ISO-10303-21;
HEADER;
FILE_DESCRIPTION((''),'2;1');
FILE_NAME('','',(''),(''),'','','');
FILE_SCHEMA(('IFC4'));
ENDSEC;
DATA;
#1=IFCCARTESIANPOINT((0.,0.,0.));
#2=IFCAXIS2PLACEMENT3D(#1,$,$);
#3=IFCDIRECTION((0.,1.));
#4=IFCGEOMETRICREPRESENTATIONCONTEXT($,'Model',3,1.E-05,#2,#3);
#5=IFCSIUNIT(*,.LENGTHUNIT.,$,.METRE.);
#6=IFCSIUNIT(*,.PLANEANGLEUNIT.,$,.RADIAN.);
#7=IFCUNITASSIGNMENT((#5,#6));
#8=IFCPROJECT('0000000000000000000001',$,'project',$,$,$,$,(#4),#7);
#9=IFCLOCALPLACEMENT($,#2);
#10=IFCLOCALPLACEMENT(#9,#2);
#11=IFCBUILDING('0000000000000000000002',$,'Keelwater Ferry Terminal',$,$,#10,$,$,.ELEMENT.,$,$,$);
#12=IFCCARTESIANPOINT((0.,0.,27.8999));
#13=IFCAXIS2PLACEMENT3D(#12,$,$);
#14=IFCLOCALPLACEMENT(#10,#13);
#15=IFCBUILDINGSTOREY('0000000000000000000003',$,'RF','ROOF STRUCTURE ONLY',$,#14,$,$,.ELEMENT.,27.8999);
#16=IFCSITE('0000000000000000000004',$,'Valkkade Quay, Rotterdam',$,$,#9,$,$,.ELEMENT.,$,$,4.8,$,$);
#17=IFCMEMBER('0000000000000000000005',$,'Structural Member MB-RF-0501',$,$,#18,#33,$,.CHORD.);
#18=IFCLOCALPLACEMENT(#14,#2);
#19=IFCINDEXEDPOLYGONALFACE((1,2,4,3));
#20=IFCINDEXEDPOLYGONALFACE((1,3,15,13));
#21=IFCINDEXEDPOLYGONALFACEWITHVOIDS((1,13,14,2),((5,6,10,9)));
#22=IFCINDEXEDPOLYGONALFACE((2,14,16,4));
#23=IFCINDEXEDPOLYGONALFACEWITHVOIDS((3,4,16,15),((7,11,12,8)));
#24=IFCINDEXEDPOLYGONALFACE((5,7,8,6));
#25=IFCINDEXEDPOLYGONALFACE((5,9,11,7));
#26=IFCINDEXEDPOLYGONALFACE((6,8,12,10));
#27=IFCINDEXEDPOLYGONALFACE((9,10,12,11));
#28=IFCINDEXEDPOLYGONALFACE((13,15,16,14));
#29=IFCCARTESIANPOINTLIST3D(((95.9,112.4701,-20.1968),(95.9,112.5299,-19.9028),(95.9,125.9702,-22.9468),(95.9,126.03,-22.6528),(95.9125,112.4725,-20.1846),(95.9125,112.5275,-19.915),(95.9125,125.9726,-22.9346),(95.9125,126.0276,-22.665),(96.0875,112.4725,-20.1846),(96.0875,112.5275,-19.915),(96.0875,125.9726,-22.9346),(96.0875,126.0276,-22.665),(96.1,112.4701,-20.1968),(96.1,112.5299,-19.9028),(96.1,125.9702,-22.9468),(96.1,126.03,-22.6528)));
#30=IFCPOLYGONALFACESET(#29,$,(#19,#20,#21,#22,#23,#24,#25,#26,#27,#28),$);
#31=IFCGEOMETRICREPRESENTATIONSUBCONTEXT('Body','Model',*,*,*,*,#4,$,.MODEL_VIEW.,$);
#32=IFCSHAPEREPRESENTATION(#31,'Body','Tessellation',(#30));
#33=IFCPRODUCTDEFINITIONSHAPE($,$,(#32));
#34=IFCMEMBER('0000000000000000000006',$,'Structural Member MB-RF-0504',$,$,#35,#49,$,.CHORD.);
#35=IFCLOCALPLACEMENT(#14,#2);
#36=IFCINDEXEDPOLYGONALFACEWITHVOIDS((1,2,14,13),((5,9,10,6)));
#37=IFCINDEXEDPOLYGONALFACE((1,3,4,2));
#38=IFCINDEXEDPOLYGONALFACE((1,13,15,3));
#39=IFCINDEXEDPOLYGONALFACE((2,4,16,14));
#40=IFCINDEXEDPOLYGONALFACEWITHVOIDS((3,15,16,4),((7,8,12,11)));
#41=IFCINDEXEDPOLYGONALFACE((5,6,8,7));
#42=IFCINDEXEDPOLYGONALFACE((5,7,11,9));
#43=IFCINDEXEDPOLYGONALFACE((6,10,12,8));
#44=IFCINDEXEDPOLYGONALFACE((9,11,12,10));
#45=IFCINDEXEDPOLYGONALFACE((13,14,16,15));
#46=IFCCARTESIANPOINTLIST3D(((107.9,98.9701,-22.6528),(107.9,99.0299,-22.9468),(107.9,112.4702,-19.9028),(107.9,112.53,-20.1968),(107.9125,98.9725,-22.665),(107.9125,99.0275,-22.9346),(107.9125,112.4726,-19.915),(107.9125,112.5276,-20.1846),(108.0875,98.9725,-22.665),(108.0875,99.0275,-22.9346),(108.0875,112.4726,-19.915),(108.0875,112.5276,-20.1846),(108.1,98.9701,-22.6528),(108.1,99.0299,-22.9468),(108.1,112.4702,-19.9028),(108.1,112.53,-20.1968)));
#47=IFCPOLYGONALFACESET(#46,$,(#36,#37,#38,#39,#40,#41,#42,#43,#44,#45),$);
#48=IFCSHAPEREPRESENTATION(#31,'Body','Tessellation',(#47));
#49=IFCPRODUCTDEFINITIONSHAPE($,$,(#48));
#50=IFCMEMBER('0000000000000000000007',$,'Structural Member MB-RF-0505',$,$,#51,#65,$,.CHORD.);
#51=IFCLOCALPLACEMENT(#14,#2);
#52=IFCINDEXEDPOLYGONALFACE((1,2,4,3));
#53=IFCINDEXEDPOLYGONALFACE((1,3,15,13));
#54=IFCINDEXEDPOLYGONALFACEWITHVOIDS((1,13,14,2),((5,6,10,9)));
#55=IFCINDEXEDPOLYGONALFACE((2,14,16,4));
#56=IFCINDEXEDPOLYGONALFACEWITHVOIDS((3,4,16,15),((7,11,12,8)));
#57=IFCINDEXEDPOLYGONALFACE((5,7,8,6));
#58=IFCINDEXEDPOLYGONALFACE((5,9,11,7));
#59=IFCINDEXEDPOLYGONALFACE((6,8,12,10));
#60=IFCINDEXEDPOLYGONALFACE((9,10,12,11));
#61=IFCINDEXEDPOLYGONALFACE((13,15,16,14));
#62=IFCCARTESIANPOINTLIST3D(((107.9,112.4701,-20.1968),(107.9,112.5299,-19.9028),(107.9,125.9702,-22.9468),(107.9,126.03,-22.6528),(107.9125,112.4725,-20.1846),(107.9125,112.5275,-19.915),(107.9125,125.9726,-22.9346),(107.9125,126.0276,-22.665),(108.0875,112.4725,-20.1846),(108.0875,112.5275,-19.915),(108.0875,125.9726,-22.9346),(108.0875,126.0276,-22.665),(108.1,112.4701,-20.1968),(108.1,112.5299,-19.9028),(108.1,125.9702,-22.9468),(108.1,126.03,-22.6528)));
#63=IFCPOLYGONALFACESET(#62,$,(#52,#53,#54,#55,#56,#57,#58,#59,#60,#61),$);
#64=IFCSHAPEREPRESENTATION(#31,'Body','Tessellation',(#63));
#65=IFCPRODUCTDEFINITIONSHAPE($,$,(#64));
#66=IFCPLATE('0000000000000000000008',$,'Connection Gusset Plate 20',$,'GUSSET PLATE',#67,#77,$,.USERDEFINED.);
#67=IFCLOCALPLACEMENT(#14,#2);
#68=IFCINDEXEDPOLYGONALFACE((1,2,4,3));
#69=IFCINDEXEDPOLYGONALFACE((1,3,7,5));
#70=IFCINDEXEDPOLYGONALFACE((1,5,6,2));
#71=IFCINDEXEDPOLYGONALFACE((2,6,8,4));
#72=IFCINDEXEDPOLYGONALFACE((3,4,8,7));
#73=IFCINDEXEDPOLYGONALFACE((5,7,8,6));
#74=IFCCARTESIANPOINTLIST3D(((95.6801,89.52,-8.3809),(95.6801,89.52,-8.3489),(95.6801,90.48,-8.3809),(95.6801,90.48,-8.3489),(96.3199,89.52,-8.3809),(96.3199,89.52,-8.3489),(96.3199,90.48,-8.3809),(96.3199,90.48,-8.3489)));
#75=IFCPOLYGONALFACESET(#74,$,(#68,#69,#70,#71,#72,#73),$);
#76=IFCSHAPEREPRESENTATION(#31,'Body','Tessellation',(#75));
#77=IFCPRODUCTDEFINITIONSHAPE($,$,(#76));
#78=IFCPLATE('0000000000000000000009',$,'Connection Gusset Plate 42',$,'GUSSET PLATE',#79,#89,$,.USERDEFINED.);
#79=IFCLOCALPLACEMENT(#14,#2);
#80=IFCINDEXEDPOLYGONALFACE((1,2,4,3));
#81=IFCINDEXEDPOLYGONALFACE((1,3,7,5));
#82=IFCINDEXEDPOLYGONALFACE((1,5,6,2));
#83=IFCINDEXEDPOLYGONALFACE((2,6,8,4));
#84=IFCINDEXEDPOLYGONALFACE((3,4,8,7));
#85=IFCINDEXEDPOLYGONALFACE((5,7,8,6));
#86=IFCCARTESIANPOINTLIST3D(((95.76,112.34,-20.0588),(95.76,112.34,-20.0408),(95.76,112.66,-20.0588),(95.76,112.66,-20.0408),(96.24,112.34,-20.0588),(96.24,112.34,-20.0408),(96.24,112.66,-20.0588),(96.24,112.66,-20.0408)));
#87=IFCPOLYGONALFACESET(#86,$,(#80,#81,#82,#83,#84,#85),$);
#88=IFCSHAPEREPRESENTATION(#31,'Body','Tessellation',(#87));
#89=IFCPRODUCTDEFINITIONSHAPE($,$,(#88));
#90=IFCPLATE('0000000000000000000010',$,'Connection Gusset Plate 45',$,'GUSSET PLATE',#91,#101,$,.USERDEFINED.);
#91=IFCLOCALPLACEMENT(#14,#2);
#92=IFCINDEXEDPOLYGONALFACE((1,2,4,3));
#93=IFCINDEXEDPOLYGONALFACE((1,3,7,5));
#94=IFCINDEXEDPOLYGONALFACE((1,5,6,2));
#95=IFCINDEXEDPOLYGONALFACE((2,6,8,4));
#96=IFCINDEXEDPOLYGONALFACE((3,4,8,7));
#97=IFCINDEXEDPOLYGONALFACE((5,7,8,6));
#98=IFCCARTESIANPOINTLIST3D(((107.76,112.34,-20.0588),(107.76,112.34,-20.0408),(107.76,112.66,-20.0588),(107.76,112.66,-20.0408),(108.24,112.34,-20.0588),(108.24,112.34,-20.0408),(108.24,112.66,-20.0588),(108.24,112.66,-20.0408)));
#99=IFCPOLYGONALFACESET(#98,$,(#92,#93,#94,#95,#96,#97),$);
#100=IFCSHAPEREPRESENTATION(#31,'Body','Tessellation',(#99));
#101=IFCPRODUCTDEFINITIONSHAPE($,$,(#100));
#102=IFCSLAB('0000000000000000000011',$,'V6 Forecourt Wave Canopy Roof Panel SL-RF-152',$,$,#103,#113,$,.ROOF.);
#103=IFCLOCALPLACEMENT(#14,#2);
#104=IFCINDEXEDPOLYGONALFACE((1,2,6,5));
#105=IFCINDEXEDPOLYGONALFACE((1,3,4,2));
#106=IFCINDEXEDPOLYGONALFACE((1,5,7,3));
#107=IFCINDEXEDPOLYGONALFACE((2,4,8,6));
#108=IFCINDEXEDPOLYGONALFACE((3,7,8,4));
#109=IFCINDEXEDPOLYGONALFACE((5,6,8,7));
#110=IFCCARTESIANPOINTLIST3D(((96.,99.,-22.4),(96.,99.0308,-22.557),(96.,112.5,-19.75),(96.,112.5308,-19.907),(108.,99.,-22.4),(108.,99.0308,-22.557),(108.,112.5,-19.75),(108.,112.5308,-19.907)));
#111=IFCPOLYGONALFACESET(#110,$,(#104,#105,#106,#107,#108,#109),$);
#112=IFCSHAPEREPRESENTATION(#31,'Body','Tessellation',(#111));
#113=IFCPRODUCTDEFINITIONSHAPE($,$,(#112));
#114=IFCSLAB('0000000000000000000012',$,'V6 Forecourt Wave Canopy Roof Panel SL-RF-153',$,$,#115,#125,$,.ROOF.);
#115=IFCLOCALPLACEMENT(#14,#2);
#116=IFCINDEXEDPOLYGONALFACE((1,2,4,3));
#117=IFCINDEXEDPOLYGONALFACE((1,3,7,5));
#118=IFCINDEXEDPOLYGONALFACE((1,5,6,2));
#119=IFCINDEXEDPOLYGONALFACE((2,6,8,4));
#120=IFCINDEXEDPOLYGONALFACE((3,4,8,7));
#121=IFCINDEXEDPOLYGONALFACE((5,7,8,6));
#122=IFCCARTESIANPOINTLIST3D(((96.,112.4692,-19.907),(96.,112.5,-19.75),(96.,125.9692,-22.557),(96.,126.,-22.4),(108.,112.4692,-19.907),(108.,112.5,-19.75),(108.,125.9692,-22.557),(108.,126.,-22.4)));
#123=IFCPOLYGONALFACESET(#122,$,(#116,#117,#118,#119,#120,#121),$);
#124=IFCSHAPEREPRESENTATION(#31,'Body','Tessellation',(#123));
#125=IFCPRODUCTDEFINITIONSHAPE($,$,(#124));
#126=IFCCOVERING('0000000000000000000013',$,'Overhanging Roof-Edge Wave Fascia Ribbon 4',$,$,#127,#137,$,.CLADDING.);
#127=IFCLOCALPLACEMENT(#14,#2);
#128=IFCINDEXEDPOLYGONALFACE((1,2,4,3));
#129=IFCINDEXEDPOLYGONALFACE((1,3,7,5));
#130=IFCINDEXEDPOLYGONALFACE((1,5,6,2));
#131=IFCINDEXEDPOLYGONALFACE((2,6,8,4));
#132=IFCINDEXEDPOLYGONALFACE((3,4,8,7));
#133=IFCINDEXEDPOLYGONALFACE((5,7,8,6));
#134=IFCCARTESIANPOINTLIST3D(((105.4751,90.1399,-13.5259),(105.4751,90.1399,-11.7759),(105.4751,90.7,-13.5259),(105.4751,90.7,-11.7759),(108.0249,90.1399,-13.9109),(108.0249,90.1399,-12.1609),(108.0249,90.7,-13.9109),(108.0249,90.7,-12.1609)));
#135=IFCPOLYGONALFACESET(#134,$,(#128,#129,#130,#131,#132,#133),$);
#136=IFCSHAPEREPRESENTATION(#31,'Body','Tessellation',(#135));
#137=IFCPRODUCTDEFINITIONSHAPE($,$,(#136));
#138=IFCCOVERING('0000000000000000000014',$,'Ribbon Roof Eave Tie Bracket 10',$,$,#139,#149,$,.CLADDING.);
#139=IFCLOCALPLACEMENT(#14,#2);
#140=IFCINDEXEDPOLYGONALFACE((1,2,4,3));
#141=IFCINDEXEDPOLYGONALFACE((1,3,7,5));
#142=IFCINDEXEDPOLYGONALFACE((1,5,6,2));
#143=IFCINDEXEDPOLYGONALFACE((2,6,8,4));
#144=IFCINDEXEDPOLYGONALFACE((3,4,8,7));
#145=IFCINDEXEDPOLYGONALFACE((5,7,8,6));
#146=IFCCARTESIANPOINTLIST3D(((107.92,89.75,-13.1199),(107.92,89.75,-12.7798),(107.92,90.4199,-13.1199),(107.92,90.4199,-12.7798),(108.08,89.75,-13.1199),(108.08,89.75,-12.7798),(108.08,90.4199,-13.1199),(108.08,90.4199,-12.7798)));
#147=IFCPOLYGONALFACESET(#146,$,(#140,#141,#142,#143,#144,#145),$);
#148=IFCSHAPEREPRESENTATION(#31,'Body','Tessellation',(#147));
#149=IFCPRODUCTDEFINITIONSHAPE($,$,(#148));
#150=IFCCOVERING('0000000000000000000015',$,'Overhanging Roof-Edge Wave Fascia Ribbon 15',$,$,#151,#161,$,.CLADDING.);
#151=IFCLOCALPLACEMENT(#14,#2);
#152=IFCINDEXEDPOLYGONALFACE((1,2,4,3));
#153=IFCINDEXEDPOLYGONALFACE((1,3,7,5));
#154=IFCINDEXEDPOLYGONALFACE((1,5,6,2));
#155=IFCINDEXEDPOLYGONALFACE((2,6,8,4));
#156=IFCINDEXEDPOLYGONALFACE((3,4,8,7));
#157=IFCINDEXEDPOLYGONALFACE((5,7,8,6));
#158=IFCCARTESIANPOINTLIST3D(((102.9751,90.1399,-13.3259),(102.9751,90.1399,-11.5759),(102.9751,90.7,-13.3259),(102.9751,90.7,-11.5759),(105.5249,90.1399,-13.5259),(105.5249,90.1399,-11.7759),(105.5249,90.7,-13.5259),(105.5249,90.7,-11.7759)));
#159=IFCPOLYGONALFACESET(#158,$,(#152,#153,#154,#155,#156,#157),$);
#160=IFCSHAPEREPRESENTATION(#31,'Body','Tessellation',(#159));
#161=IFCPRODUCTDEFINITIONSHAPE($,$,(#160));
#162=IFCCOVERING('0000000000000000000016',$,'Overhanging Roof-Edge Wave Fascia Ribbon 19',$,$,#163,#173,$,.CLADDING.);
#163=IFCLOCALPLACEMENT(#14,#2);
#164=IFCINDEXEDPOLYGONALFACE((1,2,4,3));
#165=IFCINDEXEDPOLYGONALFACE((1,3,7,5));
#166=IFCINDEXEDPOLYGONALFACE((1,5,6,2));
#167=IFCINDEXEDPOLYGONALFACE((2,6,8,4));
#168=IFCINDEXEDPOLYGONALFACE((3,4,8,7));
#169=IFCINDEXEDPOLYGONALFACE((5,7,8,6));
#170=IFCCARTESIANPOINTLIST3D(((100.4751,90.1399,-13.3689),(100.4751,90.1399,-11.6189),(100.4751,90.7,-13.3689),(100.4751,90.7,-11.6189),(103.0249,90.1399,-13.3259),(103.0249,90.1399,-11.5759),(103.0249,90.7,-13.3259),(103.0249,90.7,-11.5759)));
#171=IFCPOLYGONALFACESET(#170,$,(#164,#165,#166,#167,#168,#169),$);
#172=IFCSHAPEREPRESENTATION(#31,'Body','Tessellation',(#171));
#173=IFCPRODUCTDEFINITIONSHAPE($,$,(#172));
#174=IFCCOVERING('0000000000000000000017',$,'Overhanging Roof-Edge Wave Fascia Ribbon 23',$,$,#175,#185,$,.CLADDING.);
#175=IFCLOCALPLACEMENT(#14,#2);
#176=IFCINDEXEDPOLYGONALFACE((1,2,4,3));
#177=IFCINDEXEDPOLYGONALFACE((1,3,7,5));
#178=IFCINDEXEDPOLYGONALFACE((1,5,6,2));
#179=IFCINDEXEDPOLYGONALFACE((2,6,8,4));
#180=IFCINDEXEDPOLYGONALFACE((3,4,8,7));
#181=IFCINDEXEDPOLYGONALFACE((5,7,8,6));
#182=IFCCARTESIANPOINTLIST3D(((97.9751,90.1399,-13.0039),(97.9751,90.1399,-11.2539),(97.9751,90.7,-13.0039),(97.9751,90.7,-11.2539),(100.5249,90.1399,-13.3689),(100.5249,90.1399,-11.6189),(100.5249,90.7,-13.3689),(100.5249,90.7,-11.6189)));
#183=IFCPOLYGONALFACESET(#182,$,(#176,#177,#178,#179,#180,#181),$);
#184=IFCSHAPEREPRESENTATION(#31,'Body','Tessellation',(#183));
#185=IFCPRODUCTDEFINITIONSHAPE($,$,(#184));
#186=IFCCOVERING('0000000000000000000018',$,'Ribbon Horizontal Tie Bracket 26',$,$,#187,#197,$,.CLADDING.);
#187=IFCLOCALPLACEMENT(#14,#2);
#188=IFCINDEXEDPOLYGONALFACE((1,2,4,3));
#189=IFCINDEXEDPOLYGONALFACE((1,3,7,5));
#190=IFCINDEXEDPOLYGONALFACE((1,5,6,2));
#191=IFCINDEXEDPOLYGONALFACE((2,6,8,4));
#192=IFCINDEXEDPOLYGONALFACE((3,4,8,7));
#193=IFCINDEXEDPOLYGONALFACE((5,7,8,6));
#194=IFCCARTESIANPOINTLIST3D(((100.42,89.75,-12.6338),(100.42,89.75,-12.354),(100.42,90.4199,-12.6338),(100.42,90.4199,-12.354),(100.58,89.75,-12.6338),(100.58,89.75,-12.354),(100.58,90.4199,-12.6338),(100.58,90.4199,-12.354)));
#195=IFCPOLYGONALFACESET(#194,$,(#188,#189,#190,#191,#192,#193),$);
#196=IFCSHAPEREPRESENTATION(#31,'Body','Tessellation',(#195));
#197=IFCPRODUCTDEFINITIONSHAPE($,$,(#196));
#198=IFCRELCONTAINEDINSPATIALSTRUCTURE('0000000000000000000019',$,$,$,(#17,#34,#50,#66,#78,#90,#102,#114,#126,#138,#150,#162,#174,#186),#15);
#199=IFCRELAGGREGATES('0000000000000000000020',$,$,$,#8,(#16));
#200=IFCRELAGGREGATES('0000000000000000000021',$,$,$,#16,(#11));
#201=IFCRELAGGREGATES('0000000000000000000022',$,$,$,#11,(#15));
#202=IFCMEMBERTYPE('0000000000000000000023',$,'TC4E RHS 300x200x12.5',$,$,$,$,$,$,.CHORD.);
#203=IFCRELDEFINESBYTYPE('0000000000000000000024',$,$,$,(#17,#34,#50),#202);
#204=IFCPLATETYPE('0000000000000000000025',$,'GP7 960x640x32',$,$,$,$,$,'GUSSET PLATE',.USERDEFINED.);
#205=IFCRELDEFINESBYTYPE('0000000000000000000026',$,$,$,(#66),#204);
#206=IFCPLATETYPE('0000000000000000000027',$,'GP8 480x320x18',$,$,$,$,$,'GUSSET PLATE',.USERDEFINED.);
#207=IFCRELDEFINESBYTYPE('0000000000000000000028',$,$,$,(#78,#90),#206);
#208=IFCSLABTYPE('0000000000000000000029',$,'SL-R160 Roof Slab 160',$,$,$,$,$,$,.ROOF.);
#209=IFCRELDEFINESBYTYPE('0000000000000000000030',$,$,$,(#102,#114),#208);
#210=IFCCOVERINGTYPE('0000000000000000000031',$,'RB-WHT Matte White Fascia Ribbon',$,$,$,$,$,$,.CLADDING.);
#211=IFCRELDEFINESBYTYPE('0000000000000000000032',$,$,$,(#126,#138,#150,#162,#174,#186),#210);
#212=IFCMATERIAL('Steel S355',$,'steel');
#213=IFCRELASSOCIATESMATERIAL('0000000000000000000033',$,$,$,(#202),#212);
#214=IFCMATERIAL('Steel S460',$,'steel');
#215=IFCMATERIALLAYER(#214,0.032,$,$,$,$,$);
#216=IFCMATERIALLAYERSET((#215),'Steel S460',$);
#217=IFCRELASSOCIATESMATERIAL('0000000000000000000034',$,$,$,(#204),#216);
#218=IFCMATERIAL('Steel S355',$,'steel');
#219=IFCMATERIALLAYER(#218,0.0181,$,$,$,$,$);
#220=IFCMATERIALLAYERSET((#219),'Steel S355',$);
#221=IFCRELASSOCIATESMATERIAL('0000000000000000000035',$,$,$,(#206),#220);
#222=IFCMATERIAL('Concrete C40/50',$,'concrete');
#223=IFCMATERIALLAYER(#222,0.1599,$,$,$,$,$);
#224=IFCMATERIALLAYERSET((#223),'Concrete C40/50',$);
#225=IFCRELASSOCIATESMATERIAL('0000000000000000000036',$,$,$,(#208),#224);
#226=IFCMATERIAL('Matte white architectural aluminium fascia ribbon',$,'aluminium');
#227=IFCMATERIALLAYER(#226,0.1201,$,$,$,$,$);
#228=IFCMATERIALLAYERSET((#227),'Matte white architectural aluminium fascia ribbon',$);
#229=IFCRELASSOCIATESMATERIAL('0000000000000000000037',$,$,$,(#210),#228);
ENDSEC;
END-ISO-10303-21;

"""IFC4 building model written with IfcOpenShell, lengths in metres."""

from ifc_helpers import new_model, si_unit, direction, frame, frame_2d, origin, origin_with_axes, origin_2d, place, context, subcontext, project, spatial, polyline, rectangle, hollow_rectangle, outline, extrude, material, layer, layer_set, material_profile, profile_set, type_object, element, save


model = new_model("IFC4")

# Units and contexts
model_context = context("Model", 3, precision=1e-05, world=origin(), true_north=direction((0.0, 1.0)))
body_context = subcontext(model_context, "Body", "Model", "MODEL_VIEW")
ifc_project = project(units=[si_unit("LENGTHUNIT", "METRE"), si_unit("PLANEANGLEUNIT", "RADIAN")], contexts=[model_context])

# Site, building, storey
site_placement = place(None, origin())
site = spatial("IfcSite", under=ifc_project, at=site_placement, Name="Valkkade Quay, Rotterdam", CompositionType="ELEMENT", RefElevation=4.8)
building_placement = place(site_placement, origin())
building = spatial("IfcBuilding", under=site, at=building_placement, Name="Keelwater Ferry Terminal", CompositionType="ELEMENT")
storey_placement = place(building_placement, frame((0.0, 0.0, 27.8999)))
storey = spatial("IfcBuildingStorey", under=building, at=storey_placement, Name="RF", Description="ROOF STRUCTURE ONLY", CompositionType="ELEMENT", Elevation=27.8999)

# Members
ifc_material_1 = material(Name="Steel S355", Category="steel")
ifc_material_profile_1 = material_profile(ifc_material_1, hollow_rectangle(XDim=0.2, YDim=0.3, WallThickness=0.0125, at=origin_2d()), Name="RHS 300x200x12.5")
ifc_profile_set_1 = profile_set([ifc_material_profile_1], Name="Steel S355")
member_type_1 = type_object("IfcMemberType", Name="TC4E RHS 300x200x12.5", PredefinedType="CHORD", material=ifc_profile_set_1)
for number, where, z_axis, x_axis, name in (
    (1, (96.0, 112.5, -20.0498), (0.0, 0.979877, -0.199604), (-1.0, 0.0, 0.0), "Structural Member MB-RF-0501"),
    (2, (108.0, 99.0, -22.7998), (0.0, 0.979877, 0.199604), (-1.0, 0.0, 0.0), "Structural Member MB-RF-0504"),
    (3, (108.0, 112.5, -20.0498), (0.0, 0.979877, -0.199604), (-1.0, 0.0, 0.0), "Structural Member MB-RF-0505"),
):
    element("IfcMember", number, at=place(storey_placement, frame(where, z_axis=z_axis, x_axis=x_axis)), inside=storey, type_object=member_type_1, Name=name, PredefinedType="CHORD", context=body_context, shape_type="SweptSolid", body=[
        extrude(hollow_rectangle(XDim=0.2, YDim=0.3, WallThickness=0.0125, at=origin_2d()), origin(), (0.0, 0.0, 1.0), 13.7773),
    ])

# Plates
ifc_material_2 = material(Name="Steel S460", Category="steel")
ifc_layer_1 = layer(ifc_material_2, 0.032)
ifc_layer_set_1 = layer_set([ifc_layer_1], Name="Steel S460")
plate_type_1 = type_object("IfcPlateType", Name="GP7 960x640x32", ElementType="GUSSET PLATE", PredefinedType="USERDEFINED", material=ifc_layer_set_1)
plate_placement = place(storey_placement, frame((96.0, 90.0, -8.3809), z_axis=(0.0, 0.0, 1.0), x_axis=(0.0, 1.0, 0.0)))
element("IfcPlate", 4, at=plate_placement, inside=storey, type_object=plate_type_1, Name="Connection Gusset Plate 20", ObjectType="GUSSET PLATE", PredefinedType="USERDEFINED", context=body_context, shape_type="SweptSolid", body=[
    extrude(rectangle(XDim=0.96, YDim=0.6399, at=origin_2d()), origin(), (0.0, 0.0, 1.0), 0.032),
])
ifc_material_3 = material(Name="Steel S355", Category="steel")
ifc_layer_2 = layer(ifc_material_3, 0.0181)
ifc_layer_set_2 = layer_set([ifc_layer_2], Name="Steel S355")
plate_type_2 = type_object("IfcPlateType", Name="GP8 480x320x18", ElementType="GUSSET PLATE", PredefinedType="USERDEFINED", material=ifc_layer_set_2)
for number, where, z_axis, x_axis, name in (
    (5, (96.0, 112.5, -20.0588), (0.0, 0.0, 1.0), (1.0, 0.0, 0.0), "Connection Gusset Plate 42"),
    (6, (108.0, 112.5, -20.0588), (0.0, 0.0, 1.0), (1.0, 0.0, 0.0), "Connection Gusset Plate 45"),
):
    element("IfcPlate", number, at=place(storey_placement, frame(where, z_axis=z_axis, x_axis=x_axis)), inside=storey, type_object=plate_type_2, Name=name, ObjectType="GUSSET PLATE", PredefinedType="USERDEFINED", context=body_context, shape_type="SweptSolid", body=[
        extrude(rectangle(XDim=0.48, YDim=0.3201, at=origin_2d()), origin(), (0.0, 0.0, 1.0), 0.0181),
    ])

# Slabs
ifc_material_4 = material(Name="Concrete C40/50", Category="concrete")
ifc_layer_3 = layer(ifc_material_4, 0.1599)
ifc_layer_set_3 = layer_set([ifc_layer_3], Name="Concrete C40/50")
slab_type = type_object("IfcSlabType", Name="SL-R160 Roof Slab 160", PredefinedType="ROOF", material=ifc_layer_set_3)
for number, where, z_axis, x_axis, name in (
    (7, (96.0, 99.0308, -22.557), (0.0, -0.19262, 0.981273), (1.0, 0.0, 0.0), "V6 Forecourt Wave Canopy Roof Panel SL-RF-152"),
    (8, (96.0, 112.4692, -19.907), (0.0, 0.19262, 0.981273), (1.0, 0.0, 0.0), "V6 Forecourt Wave Canopy Roof Panel SL-RF-153"),
):
    element("IfcSlab", number, at=place(storey_placement, frame(where, z_axis=z_axis, x_axis=x_axis)), inside=storey, type_object=slab_type, Name=name, PredefinedType="ROOF", context=body_context, shape_type="SweptSolid", body=[
        extrude(outline(polyline([(0.0, 0.0), (12.0, 0.0), (12.0, 13.7576), (0.0, 13.7576), (0.0, 0.0)])), origin_with_axes(), (0.0, 0.0, 1.0), 0.16),
    ])

# Coverings
ifc_material_5 = material(Name="Matte white architectural aluminium fascia ribbon", Category="aluminium")
ifc_layer_4 = layer(ifc_material_5, 0.1201)
ifc_layer_set_4 = layer_set([ifc_layer_4], Name="Matte white architectural aluminium fascia ribbon")
covering_type = type_object("IfcCoveringType", Name="RB-WHT Matte White Fascia Ribbon", PredefinedType="CLADDING", material=ifc_layer_set_4)
covering_1_placement = place(storey_placement, frame((108.0249, 90.4199, -13.9109), z_axis=(0.0, 0.0, 1.0), x_axis=(-1.0, 0.0, 0.0)))
element("IfcCovering", 9, at=covering_1_placement, inside=storey, type_object=covering_type, Name="Overhanging Roof-Edge Wave Fascia Ribbon 4", PredefinedType="CLADDING", context=body_context, shape_type="SweptSolid", body=[
    extrude(outline(polyline([(0.0, 0.0), (2.5498, 0.385), (2.5498, 2.135), (0.0, 1.75), (0.0, 0.0)])), frame((0.0, 0.28, 0.0), z_axis=(0.0, -1.0, 0.0), x_axis=(1.0, 0.0, 0.0)), (0.0, 0.0, 1.0), 0.5601),
])
covering_2_placement = place(storey_placement, frame((108.0, 90.4199, -13.1199), z_axis=(0.0, 0.0, 1.0), x_axis=(0.0, -1.0, 0.0)))
element("IfcCovering", 10, at=covering_2_placement, inside=storey, type_object=covering_type, Name="Ribbon Roof Eave Tie Bracket 10", PredefinedType="CLADDING", context=body_context, shape_type="SweptSolid", body=[
    extrude(rectangle(XDim=0.6699, YDim=0.1599, at=frame_2d((0.335, 0.0))), origin(), (0.0, 0.0, 1.0), 0.3401),
])
covering_3_placement = place(storey_placement, frame((105.5249, 90.4199, -13.5259), z_axis=(0.0, 0.0, 1.0), x_axis=(-1.0, 0.0, 0.0)))
element("IfcCovering", 11, at=covering_3_placement, inside=storey, type_object=covering_type, Name="Overhanging Roof-Edge Wave Fascia Ribbon 15", PredefinedType="CLADDING", context=body_context, shape_type="SweptSolid", body=[
    extrude(outline(polyline([(0.0, 0.0), (2.5498, 0.2), (2.5498, 1.95), (0.0, 1.75), (0.0, 0.0)])), frame((0.0, 0.28, 0.0), z_axis=(0.0, -1.0, 0.0), x_axis=(1.0, 0.0, 0.0)), (0.0, 0.0, 1.0), 0.5601),
])
covering_4_placement = place(storey_placement, frame((103.0249, 90.4199, -13.3689), z_axis=(0.0, 0.0, 1.0), x_axis=(-1.0, 0.0, 0.0)))
element("IfcCovering", 12, at=covering_4_placement, inside=storey, type_object=covering_type, Name="Overhanging Roof-Edge Wave Fascia Ribbon 19", PredefinedType="CLADDING", context=body_context, shape_type="SweptSolid", body=[
    extrude(outline(polyline([(0.0, 0.043), (2.5498, 0.0), (2.5498, 1.75), (0.0, 1.793), (0.0, 0.043)])), frame((0.0, 0.28, 0.0), z_axis=(0.0, -1.0, 0.0), x_axis=(1.0, 0.0, 0.0)), (0.0, 0.0, 1.0), 0.5601),
])
covering_5_placement = place(storey_placement, frame((100.5249, 90.4199, -13.3689), z_axis=(0.0, 0.0, 1.0), x_axis=(-1.0, 0.0, 0.0)))
element("IfcCovering", 13, at=covering_5_placement, inside=storey, type_object=covering_type, Name="Overhanging Roof-Edge Wave Fascia Ribbon 23", PredefinedType="CLADDING", context=body_context, shape_type="SweptSolid", body=[
    extrude(outline(polyline([(0.0, 0.0), (2.5498, 0.365), (2.5498, 2.115), (0.0, 1.75), (0.0, 0.0)])), frame((0.0, 0.28, 0.0), z_axis=(0.0, -1.0, 0.0), x_axis=(1.0, 0.0, 0.0)), (0.0, 0.0, 1.0), 0.5601),
])
covering_6_placement = place(storey_placement, frame((100.5, 90.4199, -12.6338), z_axis=(0.0, 0.0, 1.0), x_axis=(0.0, -1.0, 0.0)))
element("IfcCovering", 14, at=covering_6_placement, inside=storey, type_object=covering_type, Name="Ribbon Horizontal Tie Bracket 26", PredefinedType="CLADDING", context=body_context, shape_type="SweptSolid", body=[
    extrude(rectangle(XDim=0.6699, YDim=0.1599, at=frame_2d((0.335, 0.0))), origin(), (0.0, 0.0, 1.0), 0.2798),
])

save(model, "model.ifc")
